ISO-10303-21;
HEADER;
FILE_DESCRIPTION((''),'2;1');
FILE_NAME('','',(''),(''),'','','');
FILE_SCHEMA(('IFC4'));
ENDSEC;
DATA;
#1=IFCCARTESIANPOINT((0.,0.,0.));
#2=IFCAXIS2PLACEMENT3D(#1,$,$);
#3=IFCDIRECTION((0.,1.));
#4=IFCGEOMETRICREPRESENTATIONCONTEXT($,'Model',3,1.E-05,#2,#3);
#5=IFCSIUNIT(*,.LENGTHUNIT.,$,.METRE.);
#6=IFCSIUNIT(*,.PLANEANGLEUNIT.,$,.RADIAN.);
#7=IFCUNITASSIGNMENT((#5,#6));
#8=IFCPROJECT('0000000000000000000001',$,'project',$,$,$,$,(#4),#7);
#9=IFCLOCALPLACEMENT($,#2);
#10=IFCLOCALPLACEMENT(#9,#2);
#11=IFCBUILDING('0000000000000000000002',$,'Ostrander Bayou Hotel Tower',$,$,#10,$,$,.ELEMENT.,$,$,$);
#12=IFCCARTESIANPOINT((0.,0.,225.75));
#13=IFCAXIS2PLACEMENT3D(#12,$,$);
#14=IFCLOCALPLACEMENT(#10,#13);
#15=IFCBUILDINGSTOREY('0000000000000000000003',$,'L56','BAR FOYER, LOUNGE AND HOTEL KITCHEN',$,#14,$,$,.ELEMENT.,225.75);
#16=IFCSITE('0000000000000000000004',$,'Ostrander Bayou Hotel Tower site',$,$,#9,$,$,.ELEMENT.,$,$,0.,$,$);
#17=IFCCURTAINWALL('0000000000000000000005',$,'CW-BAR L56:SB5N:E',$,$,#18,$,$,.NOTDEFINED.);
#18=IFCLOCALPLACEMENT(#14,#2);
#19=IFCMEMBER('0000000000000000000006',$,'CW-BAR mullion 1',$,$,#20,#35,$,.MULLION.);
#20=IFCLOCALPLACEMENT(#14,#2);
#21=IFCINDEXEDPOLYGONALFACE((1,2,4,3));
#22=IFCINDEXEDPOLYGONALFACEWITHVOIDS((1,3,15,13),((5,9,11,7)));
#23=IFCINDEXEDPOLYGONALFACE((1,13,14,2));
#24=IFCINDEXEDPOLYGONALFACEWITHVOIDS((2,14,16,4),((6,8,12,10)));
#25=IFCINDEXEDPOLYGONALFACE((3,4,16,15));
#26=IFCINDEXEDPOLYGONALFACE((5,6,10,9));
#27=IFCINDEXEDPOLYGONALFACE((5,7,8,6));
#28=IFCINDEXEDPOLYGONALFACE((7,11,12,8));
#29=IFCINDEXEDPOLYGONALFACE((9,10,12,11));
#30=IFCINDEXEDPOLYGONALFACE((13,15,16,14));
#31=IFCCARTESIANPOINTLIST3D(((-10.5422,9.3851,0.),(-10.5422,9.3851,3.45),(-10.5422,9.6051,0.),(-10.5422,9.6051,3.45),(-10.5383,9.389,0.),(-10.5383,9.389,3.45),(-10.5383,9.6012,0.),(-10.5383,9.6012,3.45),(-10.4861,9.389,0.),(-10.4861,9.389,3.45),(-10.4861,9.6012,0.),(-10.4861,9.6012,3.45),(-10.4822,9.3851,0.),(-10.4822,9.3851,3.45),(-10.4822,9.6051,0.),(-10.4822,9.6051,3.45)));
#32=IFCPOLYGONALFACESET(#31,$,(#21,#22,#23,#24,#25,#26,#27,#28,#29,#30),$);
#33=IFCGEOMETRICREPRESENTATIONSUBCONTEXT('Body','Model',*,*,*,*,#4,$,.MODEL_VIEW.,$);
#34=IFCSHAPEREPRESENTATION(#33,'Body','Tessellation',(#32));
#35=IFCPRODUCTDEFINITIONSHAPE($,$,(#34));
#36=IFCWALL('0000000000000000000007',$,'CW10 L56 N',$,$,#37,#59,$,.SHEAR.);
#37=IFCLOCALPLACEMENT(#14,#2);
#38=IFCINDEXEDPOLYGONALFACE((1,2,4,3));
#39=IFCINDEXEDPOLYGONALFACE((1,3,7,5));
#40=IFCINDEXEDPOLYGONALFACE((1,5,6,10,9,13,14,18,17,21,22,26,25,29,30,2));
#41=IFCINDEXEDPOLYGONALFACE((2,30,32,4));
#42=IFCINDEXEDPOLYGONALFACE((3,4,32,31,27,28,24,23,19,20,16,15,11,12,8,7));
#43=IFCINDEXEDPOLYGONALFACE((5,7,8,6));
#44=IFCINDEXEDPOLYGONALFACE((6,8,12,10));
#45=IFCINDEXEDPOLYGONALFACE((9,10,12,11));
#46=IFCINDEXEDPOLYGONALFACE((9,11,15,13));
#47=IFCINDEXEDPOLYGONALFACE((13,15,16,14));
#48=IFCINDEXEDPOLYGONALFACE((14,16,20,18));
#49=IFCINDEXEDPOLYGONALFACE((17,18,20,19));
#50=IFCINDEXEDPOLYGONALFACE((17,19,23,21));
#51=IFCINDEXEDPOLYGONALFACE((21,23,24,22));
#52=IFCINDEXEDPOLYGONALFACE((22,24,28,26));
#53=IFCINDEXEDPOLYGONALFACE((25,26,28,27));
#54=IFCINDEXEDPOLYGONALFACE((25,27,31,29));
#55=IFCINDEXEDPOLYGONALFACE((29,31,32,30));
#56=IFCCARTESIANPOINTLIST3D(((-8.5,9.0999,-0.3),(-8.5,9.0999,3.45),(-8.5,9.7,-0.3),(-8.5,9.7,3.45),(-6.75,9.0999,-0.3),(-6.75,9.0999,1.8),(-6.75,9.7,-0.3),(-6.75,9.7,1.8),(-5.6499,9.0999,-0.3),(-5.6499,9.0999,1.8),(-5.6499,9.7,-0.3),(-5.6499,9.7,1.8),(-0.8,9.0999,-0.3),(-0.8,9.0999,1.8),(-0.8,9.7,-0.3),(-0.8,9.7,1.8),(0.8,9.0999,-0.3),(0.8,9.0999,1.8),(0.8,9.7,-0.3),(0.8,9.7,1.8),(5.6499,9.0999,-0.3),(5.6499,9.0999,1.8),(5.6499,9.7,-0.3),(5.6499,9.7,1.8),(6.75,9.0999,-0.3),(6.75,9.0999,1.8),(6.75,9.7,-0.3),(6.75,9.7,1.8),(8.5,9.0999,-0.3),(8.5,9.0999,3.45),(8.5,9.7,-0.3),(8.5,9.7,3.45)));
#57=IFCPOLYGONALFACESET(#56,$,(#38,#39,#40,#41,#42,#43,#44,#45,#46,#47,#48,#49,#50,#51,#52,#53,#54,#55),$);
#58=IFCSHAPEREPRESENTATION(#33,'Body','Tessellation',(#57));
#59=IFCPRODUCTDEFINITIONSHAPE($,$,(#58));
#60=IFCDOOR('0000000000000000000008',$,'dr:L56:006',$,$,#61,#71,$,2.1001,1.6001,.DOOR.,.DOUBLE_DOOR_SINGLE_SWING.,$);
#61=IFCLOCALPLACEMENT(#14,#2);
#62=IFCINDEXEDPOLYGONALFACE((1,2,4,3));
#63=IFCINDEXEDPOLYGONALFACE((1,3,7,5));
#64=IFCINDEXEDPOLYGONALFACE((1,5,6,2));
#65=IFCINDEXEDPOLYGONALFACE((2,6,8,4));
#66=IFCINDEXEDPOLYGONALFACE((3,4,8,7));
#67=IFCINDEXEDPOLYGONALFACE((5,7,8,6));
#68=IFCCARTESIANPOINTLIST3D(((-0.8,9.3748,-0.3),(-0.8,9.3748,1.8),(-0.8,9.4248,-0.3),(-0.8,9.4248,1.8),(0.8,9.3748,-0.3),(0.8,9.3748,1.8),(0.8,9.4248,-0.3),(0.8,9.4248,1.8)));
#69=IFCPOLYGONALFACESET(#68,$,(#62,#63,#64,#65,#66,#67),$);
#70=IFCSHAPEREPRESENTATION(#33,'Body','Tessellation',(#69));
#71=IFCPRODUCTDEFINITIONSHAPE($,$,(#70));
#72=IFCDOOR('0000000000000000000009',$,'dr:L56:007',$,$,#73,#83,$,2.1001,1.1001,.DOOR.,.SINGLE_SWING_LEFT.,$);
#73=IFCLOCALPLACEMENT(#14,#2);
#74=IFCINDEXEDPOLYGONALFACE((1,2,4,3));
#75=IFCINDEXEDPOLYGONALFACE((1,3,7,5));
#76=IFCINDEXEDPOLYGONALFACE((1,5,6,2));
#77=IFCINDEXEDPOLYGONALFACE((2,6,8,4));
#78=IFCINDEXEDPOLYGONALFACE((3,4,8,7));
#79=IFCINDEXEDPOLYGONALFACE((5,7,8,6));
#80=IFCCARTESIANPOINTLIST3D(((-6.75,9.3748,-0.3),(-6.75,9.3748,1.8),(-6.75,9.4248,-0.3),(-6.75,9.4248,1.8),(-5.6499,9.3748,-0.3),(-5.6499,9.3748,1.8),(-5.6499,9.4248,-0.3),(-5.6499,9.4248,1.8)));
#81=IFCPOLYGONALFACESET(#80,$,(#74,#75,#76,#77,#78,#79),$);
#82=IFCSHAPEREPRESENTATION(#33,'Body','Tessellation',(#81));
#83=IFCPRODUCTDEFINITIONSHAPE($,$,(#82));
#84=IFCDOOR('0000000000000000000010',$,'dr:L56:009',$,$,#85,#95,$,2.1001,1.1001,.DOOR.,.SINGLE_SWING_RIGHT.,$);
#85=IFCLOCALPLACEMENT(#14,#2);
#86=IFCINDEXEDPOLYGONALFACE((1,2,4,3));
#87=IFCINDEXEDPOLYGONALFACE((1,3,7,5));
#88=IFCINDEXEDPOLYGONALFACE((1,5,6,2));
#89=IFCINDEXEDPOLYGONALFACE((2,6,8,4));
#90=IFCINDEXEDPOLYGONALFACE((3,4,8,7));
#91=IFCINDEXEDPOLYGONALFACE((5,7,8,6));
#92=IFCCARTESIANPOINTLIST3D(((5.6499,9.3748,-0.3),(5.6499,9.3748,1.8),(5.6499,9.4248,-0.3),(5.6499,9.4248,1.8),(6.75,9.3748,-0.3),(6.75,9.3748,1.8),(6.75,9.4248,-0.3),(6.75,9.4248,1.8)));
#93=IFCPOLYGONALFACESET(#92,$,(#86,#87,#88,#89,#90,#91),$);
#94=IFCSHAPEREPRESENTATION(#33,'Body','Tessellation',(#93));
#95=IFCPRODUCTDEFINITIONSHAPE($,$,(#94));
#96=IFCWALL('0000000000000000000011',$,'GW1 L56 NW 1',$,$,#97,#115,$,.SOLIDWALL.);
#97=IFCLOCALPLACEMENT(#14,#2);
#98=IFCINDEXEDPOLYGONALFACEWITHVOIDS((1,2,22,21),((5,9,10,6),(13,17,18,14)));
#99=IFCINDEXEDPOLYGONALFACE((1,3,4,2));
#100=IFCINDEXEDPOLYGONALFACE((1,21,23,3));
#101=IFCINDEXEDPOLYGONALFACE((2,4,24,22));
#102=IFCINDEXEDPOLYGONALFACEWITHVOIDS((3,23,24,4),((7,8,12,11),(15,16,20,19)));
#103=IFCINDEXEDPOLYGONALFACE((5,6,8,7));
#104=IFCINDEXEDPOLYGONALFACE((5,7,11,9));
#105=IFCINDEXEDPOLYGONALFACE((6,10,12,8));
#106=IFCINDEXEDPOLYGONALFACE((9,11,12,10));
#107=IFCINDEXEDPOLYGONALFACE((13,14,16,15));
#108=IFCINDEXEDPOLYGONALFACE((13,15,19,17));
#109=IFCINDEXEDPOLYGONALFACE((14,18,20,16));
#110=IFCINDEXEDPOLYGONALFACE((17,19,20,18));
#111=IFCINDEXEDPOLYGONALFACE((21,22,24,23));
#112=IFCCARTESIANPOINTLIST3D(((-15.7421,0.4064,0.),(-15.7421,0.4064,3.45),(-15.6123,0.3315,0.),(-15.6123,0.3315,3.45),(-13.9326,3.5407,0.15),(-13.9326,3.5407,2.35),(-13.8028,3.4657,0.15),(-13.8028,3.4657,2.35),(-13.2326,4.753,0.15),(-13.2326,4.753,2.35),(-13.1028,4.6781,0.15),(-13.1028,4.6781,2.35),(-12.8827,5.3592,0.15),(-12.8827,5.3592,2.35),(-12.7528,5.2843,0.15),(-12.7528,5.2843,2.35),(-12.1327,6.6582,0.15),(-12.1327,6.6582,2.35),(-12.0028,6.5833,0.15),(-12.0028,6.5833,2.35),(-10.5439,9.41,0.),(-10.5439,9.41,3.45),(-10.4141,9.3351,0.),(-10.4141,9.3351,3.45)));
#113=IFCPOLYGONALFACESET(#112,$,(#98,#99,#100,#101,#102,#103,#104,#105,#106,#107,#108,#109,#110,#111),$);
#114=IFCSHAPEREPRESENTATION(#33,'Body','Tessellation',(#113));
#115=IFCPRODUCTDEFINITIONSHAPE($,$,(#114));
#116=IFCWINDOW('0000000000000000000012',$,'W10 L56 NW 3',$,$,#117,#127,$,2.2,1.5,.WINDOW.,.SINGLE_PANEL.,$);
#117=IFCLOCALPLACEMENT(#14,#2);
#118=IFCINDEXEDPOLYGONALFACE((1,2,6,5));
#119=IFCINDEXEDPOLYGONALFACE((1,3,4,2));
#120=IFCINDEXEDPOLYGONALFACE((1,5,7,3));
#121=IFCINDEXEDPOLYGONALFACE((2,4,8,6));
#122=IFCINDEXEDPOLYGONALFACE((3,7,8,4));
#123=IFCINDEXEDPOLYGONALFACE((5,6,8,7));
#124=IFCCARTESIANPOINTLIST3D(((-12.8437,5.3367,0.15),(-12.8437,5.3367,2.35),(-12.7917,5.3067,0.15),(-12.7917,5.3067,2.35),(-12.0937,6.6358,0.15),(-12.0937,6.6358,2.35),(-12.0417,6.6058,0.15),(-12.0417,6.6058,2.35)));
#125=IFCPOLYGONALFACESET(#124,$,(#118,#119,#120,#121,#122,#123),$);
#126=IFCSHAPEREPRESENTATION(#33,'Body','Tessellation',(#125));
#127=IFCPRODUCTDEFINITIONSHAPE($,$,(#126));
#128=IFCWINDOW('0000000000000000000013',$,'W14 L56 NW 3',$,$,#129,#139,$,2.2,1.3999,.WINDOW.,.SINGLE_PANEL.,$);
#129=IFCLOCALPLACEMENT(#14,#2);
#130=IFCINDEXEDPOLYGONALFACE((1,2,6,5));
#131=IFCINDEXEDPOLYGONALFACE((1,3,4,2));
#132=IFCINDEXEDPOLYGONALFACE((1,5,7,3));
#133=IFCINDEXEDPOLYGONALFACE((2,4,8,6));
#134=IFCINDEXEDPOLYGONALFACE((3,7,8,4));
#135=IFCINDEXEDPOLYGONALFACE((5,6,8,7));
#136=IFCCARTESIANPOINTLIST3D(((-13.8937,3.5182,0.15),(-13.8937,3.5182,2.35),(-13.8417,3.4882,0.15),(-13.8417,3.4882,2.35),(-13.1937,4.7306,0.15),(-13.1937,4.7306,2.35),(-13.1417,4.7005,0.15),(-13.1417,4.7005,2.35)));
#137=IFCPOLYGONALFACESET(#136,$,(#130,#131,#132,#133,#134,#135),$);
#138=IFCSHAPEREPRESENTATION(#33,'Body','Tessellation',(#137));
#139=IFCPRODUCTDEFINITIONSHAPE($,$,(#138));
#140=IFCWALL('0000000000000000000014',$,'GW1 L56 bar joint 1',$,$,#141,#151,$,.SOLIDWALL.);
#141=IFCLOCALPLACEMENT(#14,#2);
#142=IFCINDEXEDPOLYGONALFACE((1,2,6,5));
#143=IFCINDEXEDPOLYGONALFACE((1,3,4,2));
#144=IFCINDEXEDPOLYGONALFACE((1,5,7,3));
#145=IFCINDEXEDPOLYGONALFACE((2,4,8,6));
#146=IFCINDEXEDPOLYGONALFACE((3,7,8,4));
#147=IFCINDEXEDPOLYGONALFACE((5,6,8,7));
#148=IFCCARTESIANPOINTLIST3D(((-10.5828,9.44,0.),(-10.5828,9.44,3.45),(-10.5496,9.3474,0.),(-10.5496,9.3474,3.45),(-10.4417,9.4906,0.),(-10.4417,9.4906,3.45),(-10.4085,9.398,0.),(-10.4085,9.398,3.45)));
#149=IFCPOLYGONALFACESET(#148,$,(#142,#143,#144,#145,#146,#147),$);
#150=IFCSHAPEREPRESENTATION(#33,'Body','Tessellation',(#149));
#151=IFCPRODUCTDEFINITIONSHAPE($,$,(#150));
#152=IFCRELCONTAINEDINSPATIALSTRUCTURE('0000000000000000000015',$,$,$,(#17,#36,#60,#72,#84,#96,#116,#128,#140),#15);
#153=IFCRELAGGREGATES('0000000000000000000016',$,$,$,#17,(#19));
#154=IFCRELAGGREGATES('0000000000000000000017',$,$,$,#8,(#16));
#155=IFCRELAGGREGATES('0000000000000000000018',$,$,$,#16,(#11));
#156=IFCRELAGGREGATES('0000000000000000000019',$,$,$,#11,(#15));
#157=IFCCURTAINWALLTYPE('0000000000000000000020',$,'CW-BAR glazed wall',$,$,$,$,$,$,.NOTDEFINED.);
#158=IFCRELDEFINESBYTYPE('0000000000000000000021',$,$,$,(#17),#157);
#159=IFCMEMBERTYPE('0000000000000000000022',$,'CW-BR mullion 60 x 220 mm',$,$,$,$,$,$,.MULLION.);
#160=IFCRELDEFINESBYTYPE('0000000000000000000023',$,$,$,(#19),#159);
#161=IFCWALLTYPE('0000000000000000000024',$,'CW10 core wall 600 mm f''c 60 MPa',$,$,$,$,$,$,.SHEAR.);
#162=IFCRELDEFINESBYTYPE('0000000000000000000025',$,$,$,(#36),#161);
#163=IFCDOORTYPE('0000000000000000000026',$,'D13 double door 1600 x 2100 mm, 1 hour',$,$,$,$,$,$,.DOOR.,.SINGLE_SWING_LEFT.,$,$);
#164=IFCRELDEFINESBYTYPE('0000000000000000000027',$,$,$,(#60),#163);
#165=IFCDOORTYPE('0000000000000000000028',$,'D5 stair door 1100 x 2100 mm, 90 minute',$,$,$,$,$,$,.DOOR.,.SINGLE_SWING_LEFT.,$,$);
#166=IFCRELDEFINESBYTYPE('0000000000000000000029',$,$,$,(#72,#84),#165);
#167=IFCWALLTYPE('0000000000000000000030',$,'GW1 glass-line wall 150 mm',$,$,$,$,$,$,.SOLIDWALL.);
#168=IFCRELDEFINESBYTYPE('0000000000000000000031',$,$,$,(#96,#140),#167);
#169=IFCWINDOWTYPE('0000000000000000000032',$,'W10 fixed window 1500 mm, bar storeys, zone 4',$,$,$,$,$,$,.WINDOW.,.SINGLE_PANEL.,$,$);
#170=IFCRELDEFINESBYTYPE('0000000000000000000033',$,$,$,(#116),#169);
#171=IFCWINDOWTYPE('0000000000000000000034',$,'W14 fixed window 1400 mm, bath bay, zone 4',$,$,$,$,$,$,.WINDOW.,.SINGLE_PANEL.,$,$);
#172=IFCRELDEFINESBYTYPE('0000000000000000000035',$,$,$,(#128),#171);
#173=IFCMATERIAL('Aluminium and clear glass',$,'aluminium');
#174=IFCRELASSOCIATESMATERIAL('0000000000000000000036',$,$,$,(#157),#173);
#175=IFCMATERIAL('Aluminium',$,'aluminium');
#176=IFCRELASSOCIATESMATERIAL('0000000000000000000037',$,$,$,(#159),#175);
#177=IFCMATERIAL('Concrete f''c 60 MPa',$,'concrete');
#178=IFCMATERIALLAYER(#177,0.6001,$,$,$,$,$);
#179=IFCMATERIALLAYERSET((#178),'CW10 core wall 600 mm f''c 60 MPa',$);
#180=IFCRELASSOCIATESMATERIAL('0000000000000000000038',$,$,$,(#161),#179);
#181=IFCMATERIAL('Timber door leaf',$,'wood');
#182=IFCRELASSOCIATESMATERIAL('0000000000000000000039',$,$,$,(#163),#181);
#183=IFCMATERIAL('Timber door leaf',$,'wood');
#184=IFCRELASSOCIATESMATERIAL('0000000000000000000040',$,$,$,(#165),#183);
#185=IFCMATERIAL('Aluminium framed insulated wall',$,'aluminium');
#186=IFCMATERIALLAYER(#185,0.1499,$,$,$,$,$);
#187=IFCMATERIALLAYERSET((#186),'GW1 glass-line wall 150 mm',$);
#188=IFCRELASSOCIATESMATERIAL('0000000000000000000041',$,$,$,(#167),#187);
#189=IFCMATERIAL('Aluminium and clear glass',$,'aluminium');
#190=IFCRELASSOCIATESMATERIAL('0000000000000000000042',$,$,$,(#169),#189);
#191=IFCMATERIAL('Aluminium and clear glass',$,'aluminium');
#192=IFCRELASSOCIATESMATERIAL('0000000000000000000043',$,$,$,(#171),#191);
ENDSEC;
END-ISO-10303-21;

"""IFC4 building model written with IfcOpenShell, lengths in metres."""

from ifc_helpers import new_model, si_unit, direction, frame, frame_2d, origin, origin_2d, place, context, subcontext, project, spatial, rectangle, hollow_rectangle, extrude, material, layer, layer_set, material_profile, profile_set, type_object, element, fill, aggregate, save


model = new_model("IFC4")

# Units and contexts
model_context = context("Model", 3, precision=1e-05, world=origin(), true_north=direction((0.0, 1.0)))
body_context = subcontext(model_context, "Body", "Model", "MODEL_VIEW")
ifc_project = project(units=[si_unit("LENGTHUNIT", "METRE"), si_unit("PLANEANGLEUNIT", "RADIAN")], contexts=[model_context])

# Site, building, storey
site_placement = place(None, origin())
site = spatial("IfcSite", under=ifc_project, at=site_placement, Name="Ostrander Bayou Hotel Tower site", CompositionType="ELEMENT", RefElevation=0.0)
building_placement = place(site_placement, origin())
building = spatial("IfcBuilding", under=site, at=building_placement, Name="Ostrander Bayou Hotel Tower", CompositionType="ELEMENT")
storey_placement = place(building_placement, frame((0.0, 0.0, 225.75)))
storey = spatial("IfcBuildingStorey", under=building, at=storey_placement, Name="L56", Description="BAR FOYER, LOUNGE AND HOTEL KITCHEN", CompositionType="ELEMENT", Elevation=225.75)

# Curtain wall, member
ifc_material_1 = material(Name="Aluminium and clear glass", Category="aluminium")
curtain_wall_type = type_object("IfcCurtainWallType", Name="CW-BAR glazed wall", PredefinedType="NOTDEFINED", material=ifc_material_1)
curtain_wall_placement = place(storey_placement, origin())
curtain_wall = element("IfcCurtainWall", 1, at=curtain_wall_placement, inside=storey, type_object=curtain_wall_type, Name="CW-BAR L56:SB5N:E", PredefinedType="NOTDEFINED")
ifc_material_2 = material(Name="Aluminium", Category="aluminium")
ifc_material_profile = material_profile(ifc_material_2, hollow_rectangle(XDim=0.0601, YDim=0.22, WallThickness=0.0039, at=origin_2d()))
ifc_profile_set = profile_set([ifc_material_profile], Name="Aluminium")
member_type = type_object("IfcMemberType", Name="CW-BR mullion 60 x 220 mm", PredefinedType="MULLION", material=ifc_profile_set)
member_placement = place(storey_placement, frame((-10.5122, 9.4951, 0.0), z_axis=(0.0, 0.0, 1.0), x_axis=(-1.0, 0.0, 0.0)))
member = element("IfcMember", 2, at=member_placement, type_object=member_type, Name="CW-BAR mullion 1", PredefinedType="MULLION", context=body_context, shape_type="SweptSolid", body=[
    extrude(hollow_rectangle(XDim=0.0601, YDim=0.22, WallThickness=0.0039, at=origin_2d()), origin(), (0.0, 0.0, 1.0), 3.45),
])
aggregate(curtain_wall, [member])

# Wall, openings, doors
ifc_material_3 = material(Name="Concrete f'c 60 MPa", Category="concrete")
ifc_layer_1 = layer(ifc_material_3, 0.6001)
ifc_layer_set_1 = layer_set([ifc_layer_1], Name="CW10 core wall 600 mm f'c 60 MPa")
wall_type_1 = type_object("IfcWallType", Name="CW10 core wall 600 mm f'c 60 MPa", PredefinedType="SHEAR", material=ifc_layer_set_1)
wall_1_placement = place(storey_placement, frame((-8.5, 9.3999, -0.3), z_axis=(0.0, 0.0, 1.0), x_axis=(1.0, 0.0, 0.0)))
wall_1 = element("IfcWall", 3, at=wall_1_placement, inside=storey, type_object=wall_type_1, Name="CW10 L56 N", PredefinedType="SHEAR", context=body_context, shape_type="SweptSolid", body=[
    extrude(rectangle(XDim=17.0, YDim=0.6001, at=frame_2d((8.5, 0.0))), origin(), (0.0, 0.0, 1.0), 3.75),
])
opening_1_placement = place(wall_1_placement, frame((7.7, 0.0, 0.0)))
opening_1 = element("IfcOpeningElement", 4, at=opening_1_placement, cuts=wall_1, PredefinedType="OPENING", context=body_context, shape_type="SweptSolid", body=[
    extrude(rectangle(XDim=1.6001, YDim=2.1001, at=frame_2d((0.8, 1.05))), frame((0.0, 0.3, 0.0), z_axis=(0.0, -1.0, 0.0), x_axis=(1.0, 0.0, 0.0)), (0.0, 0.0, 1.0), 0.6001),
])
opening_2_placement = place(wall_1_placement, frame((1.75, 0.0, 0.0)))
opening_2 = element("IfcOpeningElement", 5, at=opening_2_placement, cuts=wall_1, PredefinedType="OPENING", context=body_context, shape_type="SweptSolid", body=[
    extrude(rectangle(XDim=1.1001, YDim=2.1001, at=frame_2d((0.55, 1.05))), frame((0.0, 0.3, 0.0), z_axis=(0.0, -1.0, 0.0), x_axis=(1.0, 0.0, 0.0)), (0.0, 0.0, 1.0), 0.6001),
])
opening_3_placement = place(wall_1_placement, frame((14.1499, 0.0, 0.0)))
opening_3 = element("IfcOpeningElement", 6, at=opening_3_placement, cuts=wall_1, PredefinedType="OPENING", context=body_context, shape_type="SweptSolid", body=[
    extrude(rectangle(XDim=1.1001, YDim=2.1001, at=frame_2d((0.55, 1.05))), frame((0.0, 0.3, 0.0), z_axis=(0.0, -1.0, 0.0), x_axis=(1.0, 0.0, 0.0)), (0.0, 0.0, 1.0), 0.6001),
])
ifc_material_4 = material(Name="Timber door leaf", Category="wood")
door_type_1 = type_object("IfcDoorType", Name="D13 double door 1600 x 2100 mm, 1 hour", OperationType="SINGLE_SWING_LEFT", PredefinedType="DOOR", material=ifc_material_4)
door_1_placement = place(opening_1_placement, origin())
door_1 = element("IfcDoor", 7, at=door_1_placement, inside=storey, type_object=door_type_1, Name="dr:L56:006", OperationType="DOUBLE_DOOR_SINGLE_SWING", OverallHeight=2.1001, OverallWidth=1.6001, PredefinedType="DOOR", context=body_context, shape_type="SweptSolid", body=[
    extrude(rectangle(XDim=1.6001, YDim=2.1001, at=frame_2d((0.8, 1.05))), frame((0.0, 0.0249, 0.0), z_axis=(0.0, -1.0, 0.0), x_axis=(1.0, 0.0, 0.0)), (0.0, 0.0, 1.0), 0.05),
])
fill(opening_1, door_1)
ifc_material_5 = material(Name="Timber door leaf", Category="wood")
door_type_2 = type_object("IfcDoorType", Name="D5 stair door 1100 x 2100 mm, 90 minute", OperationType="SINGLE_SWING_LEFT", PredefinedType="DOOR", material=ifc_material_5)
door_2_placement = place(opening_2_placement, origin())
door_2 = element("IfcDoor", 8, at=door_2_placement, inside=storey, type_object=door_type_2, Name="dr:L56:007", OperationType="SINGLE_SWING_LEFT", OverallHeight=2.1001, OverallWidth=1.1001, PredefinedType="DOOR", context=body_context, shape_type="SweptSolid", body=[
    extrude(rectangle(XDim=1.1001, YDim=2.1001, at=frame_2d((0.55, 1.05))), frame((0.0, 0.0249, 0.0), z_axis=(0.0, -1.0, 0.0), x_axis=(1.0, 0.0, 0.0)), (0.0, 0.0, 1.0), 0.05),
])
fill(opening_2, door_2)
door_3_placement = place(opening_3_placement, origin())
door_3 = element("IfcDoor", 9, at=door_3_placement, inside=storey, type_object=door_type_2, Name="dr:L56:009", OperationType="SINGLE_SWING_RIGHT", OverallHeight=2.1001, OverallWidth=1.1001, PredefinedType="DOOR", context=body_context, shape_type="SweptSolid", body=[
    extrude(rectangle(XDim=1.1001, YDim=2.1001, at=frame_2d((0.55, 1.05))), frame((0.0, 0.0249, 0.0), z_axis=(0.0, -1.0, 0.0), x_axis=(1.0, 0.0, 0.0)), (0.0, 0.0, 1.0), 0.05),
])
fill(opening_3, door_3)

# Wall, openings, windows
ifc_material_6 = material(Name="Aluminium framed insulated wall", Category="aluminium")
ifc_layer_2 = layer(ifc_material_6, 0.1499)
ifc_layer_set_2 = layer_set([ifc_layer_2], Name="GW1 glass-line wall 150 mm")
wall_type_2 = type_object("IfcWallType", Name="GW1 glass-line wall 150 mm", PredefinedType="SOLIDWALL", material=ifc_layer_set_2)
wall_2_placement = place(storey_placement, frame((-10.479, 9.3726, 0.0), z_axis=(0.0, 0.0, 1.0), x_axis=(-0.499998, -0.866026, 0.0)))
wall_2 = element("IfcWall", 10, at=wall_2_placement, inside=storey, type_object=wall_type_2, Name="GW1 L56 NW 1", PredefinedType="SOLIDWALL", context=body_context, shape_type="SweptSolid", body=[
    extrude(rectangle(XDim=10.3965, YDim=0.1499, at=frame_2d((5.1982, 0.0))), origin(), (0.0, 0.0, 1.0), 3.45),
])
opening_4_placement = place(wall_2_placement, frame((3.1775, 0.0, 0.1499)))
opening_4 = element("IfcOpeningElement", 11, at=opening_4_placement, cuts=wall_2, PredefinedType="OPENING", context=body_context, shape_type="SweptSolid", body=[
    extrude(rectangle(XDim=1.5, YDim=2.2, at=frame_2d((0.75, 1.1001))), frame((0.0, 0.075, 0.0), z_axis=(0.0, -1.0, 0.0), x_axis=(1.0, 0.0, 0.0)), (0.0, 0.0, 1.0), 0.1499),
])
opening_5_placement = place(wall_2_placement, frame((5.3774, 0.0, 0.1499)))
opening_5 = element("IfcOpeningElement", 12, at=opening_5_placement, cuts=wall_2, PredefinedType="OPENING", context=body_context, shape_type="SweptSolid", body=[
    extrude(rectangle(XDim=1.3999, YDim=2.2, at=frame_2d((0.7, 1.1001))), frame((0.0, 0.075, 0.0), z_axis=(0.0, -1.0, 0.0), x_axis=(1.0, 0.0, 0.0)), (0.0, 0.0, 1.0), 0.1499),
])
ifc_material_7 = material(Name="Aluminium and clear glass", Category="aluminium")
window_type_1 = type_object("IfcWindowType", Name="W10 fixed window 1500 mm, bar storeys, zone 4", PartitioningType="SINGLE_PANEL", PredefinedType="WINDOW", material=ifc_material_7)
window_1_placement = place(opening_4_placement, origin())
window_1 = element("IfcWindow", 13, at=window_1_placement, inside=storey, type_object=window_type_1, Name="W10 L56 NW 3", OverallHeight=2.2, OverallWidth=1.5, PartitioningType="SINGLE_PANEL", PredefinedType="WINDOW", context=body_context, shape_type="SweptSolid", body=[
    extrude(rectangle(XDim=1.5, YDim=2.2, at=frame_2d((0.75, 1.1001))), frame((0.0, 0.03, 0.0), z_axis=(0.0, -1.0, 0.0), x_axis=(1.0, 0.0, 0.0)), (0.0, 0.0, 1.0), 0.0601),
])
fill(opening_4, window_1)
ifc_material_8 = material(Name="Aluminium and clear glass", Category="aluminium")
window_type_2 = type_object("IfcWindowType", Name="W14 fixed window 1400 mm, bath bay, zone 4", PartitioningType="SINGLE_PANEL", PredefinedType="WINDOW", material=ifc_material_8)
window_2_placement = place(opening_5_placement, origin())
window_2 = element("IfcWindow", 14, at=window_2_placement, inside=storey, type_object=window_type_2, Name="W14 L56 NW 3", OverallHeight=2.2, OverallWidth=1.3999, PartitioningType="SINGLE_PANEL", PredefinedType="WINDOW", context=body_context, shape_type="SweptSolid", body=[
    extrude(rectangle(XDim=1.3999, YDim=2.2, at=frame_2d((0.7, 1.1001))), frame((0.0, 0.03, 0.0), z_axis=(0.0, -1.0, 0.0), x_axis=(1.0, 0.0, 0.0)), (0.0, 0.0, 1.0), 0.0601),
])
fill(opening_5, window_2)

# Wall
wall_3_placement = place(storey_placement, frame((-10.479, 9.3726, 0.0), z_axis=(0.0, 0.0, 1.0), x_axis=(-0.337752, 0.941235, 0.0)))
element("IfcWall", 15, at=wall_3_placement, inside=storey, type_object=wall_type_2, Name="GW1 L56 bar joint 1", PredefinedType="SOLIDWALL", context=body_context, shape_type="SweptSolid", body=[
    extrude(rectangle(XDim=0.0984, YDim=0.1499, at=frame_2d((0.0493, 0.0))), origin(), (0.0, 0.0, 1.0), 3.45),
])

save(model, "model.ifc")
